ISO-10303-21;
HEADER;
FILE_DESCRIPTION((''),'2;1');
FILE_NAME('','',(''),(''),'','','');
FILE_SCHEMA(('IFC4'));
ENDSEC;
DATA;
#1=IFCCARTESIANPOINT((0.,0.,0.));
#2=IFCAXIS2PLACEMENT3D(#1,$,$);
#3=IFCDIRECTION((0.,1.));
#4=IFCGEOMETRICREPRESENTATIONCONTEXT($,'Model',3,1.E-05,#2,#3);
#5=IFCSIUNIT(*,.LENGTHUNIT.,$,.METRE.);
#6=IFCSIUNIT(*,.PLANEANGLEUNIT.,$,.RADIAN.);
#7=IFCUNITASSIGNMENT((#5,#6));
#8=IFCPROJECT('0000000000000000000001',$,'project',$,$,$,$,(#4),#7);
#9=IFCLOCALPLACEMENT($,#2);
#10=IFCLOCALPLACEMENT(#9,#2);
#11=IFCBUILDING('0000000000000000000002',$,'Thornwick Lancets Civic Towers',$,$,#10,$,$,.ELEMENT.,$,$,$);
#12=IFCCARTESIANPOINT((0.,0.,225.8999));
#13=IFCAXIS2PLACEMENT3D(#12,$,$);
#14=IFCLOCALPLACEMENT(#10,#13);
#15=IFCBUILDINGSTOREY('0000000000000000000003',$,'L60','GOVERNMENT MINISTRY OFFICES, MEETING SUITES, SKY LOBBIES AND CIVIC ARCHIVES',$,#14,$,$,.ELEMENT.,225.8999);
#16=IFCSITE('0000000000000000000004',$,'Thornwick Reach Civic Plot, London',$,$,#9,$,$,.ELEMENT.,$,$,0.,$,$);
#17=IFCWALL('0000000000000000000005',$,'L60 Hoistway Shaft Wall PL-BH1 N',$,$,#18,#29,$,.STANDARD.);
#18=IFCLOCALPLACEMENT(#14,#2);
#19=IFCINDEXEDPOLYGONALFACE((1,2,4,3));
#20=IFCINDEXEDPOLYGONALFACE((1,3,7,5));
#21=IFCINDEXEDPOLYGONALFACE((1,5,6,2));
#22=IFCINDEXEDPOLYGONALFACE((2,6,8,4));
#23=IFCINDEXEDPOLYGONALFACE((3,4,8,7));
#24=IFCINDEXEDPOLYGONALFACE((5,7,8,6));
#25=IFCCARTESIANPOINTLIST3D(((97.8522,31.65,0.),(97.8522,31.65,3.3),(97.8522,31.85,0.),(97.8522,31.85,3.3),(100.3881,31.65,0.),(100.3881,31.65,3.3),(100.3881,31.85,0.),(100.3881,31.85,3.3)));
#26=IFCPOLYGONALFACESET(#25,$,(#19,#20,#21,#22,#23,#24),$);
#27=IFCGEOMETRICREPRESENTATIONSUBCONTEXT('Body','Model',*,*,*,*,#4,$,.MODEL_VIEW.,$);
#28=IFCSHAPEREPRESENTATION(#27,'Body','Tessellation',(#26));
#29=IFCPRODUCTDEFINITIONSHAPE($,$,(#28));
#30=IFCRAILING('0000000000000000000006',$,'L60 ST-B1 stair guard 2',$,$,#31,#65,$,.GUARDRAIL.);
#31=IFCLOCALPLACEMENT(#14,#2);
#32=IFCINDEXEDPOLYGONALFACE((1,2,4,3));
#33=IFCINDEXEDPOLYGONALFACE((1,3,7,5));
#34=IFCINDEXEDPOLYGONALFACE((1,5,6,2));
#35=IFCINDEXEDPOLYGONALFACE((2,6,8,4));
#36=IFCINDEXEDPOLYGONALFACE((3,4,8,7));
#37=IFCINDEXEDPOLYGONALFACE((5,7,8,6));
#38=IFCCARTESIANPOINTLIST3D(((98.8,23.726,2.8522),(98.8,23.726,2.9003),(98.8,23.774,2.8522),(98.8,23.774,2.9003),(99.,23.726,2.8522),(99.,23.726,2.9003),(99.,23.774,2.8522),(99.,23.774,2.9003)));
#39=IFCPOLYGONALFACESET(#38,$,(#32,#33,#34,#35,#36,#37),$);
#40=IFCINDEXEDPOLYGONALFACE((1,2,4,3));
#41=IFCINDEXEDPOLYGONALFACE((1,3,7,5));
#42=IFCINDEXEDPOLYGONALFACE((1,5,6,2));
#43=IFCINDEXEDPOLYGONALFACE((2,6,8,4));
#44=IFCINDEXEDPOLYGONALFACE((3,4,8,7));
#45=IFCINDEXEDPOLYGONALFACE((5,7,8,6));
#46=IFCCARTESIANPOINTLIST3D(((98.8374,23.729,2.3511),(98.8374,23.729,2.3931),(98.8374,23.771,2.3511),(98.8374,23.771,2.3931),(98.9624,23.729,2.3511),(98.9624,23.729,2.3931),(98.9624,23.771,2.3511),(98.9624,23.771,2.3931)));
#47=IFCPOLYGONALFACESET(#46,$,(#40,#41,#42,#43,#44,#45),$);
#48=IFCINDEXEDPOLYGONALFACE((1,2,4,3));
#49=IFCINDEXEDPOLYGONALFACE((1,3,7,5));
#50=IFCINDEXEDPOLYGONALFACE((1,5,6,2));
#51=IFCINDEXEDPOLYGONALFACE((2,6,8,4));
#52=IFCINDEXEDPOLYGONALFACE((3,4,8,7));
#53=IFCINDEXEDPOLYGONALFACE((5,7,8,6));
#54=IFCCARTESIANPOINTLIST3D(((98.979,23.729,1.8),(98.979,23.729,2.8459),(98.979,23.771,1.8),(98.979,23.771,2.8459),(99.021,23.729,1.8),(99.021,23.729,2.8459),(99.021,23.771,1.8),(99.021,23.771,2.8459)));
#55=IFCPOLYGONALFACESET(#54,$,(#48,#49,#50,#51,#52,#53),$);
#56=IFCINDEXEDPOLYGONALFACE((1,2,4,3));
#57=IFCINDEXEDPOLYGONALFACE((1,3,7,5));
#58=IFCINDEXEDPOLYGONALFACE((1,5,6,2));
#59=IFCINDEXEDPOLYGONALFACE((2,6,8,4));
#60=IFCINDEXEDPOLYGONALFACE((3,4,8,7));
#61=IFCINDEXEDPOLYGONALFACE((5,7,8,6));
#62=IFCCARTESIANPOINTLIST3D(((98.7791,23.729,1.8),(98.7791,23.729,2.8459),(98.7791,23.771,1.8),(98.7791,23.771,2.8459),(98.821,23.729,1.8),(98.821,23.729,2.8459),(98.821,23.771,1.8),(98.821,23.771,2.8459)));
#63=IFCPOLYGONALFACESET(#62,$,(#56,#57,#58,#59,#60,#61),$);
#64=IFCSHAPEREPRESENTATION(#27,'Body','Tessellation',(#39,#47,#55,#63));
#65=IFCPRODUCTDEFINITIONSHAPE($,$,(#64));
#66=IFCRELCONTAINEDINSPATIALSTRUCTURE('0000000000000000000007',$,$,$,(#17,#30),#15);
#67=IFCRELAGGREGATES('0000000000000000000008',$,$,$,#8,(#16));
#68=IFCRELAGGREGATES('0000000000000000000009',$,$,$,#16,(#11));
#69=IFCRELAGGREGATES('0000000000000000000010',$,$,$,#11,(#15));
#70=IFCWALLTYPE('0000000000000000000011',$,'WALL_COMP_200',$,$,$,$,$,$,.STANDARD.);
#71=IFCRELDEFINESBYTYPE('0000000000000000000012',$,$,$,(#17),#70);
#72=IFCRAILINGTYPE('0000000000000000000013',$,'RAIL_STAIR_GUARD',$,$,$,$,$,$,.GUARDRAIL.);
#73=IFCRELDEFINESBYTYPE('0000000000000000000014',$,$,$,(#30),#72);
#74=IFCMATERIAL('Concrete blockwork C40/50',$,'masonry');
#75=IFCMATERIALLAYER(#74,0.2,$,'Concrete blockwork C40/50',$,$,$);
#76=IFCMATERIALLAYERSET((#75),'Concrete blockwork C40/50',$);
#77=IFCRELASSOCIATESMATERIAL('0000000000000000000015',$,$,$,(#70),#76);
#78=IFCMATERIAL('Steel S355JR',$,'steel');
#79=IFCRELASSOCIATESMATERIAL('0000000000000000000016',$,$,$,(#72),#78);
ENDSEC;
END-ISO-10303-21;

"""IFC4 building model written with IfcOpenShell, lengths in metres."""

from ifc_helpers import new_model, si_unit, direction, frame, frame_2d, origin, origin_2d, place, context, subcontext, project, spatial, rectangle, extrude, material, layer, layer_set, type_object, element, save


model = new_model("IFC4")

# Units and contexts
model_context = context("Model", 3, precision=1e-05, world=origin(), true_north=direction((0.0, 1.0)))
body_context = subcontext(model_context, "Body", "Model", "MODEL_VIEW")
ifc_project = project(units=[si_unit("LENGTHUNIT", "METRE"), si_unit("PLANEANGLEUNIT", "RADIAN")], contexts=[model_context])

# Site, building, storey
site_placement = place(None, origin())
site = spatial("IfcSite", under=ifc_project, at=site_placement, Name="Thornwick Reach Civic Plot, London", CompositionType="ELEMENT", RefElevation=0.0)
building_placement = place(site_placement, origin())
building = spatial("IfcBuilding", under=site, at=building_placement, Name="Thornwick Lancets Civic Towers", CompositionType="ELEMENT")
storey_placement = place(building_placement, frame((0.0, 0.0, 225.8999)))
storey = spatial("IfcBuildingStorey", under=building, at=storey_placement, Name="L60", Description="GOVERNMENT MINISTRY OFFICES, MEETING SUITES, SKY LOBBIES AND CIVIC ARCHIVES", CompositionType="ELEMENT", Elevation=225.8999)

# Shared definitions
ifc_material_1 = material(Name="Steel S355JR", Category="steel")

# Shared definitions
ifc_material_2 = material(Name="Concrete blockwork C40/50", Category="masonry")
ifc_layer_1 = layer(ifc_material_2, 0.2, Name="Concrete blockwork C40/50")
ifc_layer_set_1 = layer_set([ifc_layer_1], Name="Concrete blockwork C40/50")
wall_type = type_object("IfcWallType", Name="WALL_COMP_200", PredefinedType="STANDARD", material=ifc_layer_set_1)

# Wall
wall_1_placement = place(storey_placement, frame((97.8521, 31.75, 0.0), z_axis=(0.0, 0.0, 1.0), x_axis=(1.0, 0.0, 0.0)))
element("IfcWall", 1, at=wall_1_placement, inside=storey, type_object=wall_type, Name="L60 Hoistway Shaft Wall PL-BH1 N", PredefinedType="STANDARD", context=body_context, shape_type="SweptSolid", body=[
    extrude(rectangle(XDim=2.5359, YDim=0.2, at=frame_2d((1.2681, 0.0))), origin(), (0.0, 0.0, 1.0), 3.3),
])

# Railing
railing_type = type_object("IfcRailingType", Name="RAIL_STAIR_GUARD", PredefinedType="GUARDRAIL", material=ifc_material_1)
railing_placement = place(storey_placement, frame((99.0, 23.75, 1.8)))
element("IfcRailing", 2, at=railing_placement, inside=storey, type_object=railing_type, Name="L60 ST-B1 stair guard 2", PredefinedType="GUARDRAIL", context=body_context, shape_type="SweptSolid", body=[
    extrude(rectangle(XDim=0.0481, YDim=0.0481, at=origin_2d()), frame((0.0, 0.0, 1.0762), z_axis=(-1.0, 0.0, 0.0), x_axis=(0.0, -1.0, 0.0)), (0.0, 0.0, 1.0), 0.2),
    extrude(rectangle(XDim=0.042, YDim=0.042, at=origin_2d()), frame((-0.0376, 0.0, 0.572), z_axis=(-1.0, 0.0, 0.0), x_axis=(0.0, -1.0, 0.0)), (0.0, 0.0, 1.0), 0.125),
    extrude(rectangle(XDim=0.042, YDim=0.042, at=origin_2d()), origin(), (0.0, 0.0, 1.0), 1.0459),
    extrude(rectangle(XDim=0.042, YDim=0.042, at=origin_2d()), frame((-0.2, 0.0, 0.0)), (0.0, 0.0, 1.0), 1.0459),
])

save(model, "model.ifc")
